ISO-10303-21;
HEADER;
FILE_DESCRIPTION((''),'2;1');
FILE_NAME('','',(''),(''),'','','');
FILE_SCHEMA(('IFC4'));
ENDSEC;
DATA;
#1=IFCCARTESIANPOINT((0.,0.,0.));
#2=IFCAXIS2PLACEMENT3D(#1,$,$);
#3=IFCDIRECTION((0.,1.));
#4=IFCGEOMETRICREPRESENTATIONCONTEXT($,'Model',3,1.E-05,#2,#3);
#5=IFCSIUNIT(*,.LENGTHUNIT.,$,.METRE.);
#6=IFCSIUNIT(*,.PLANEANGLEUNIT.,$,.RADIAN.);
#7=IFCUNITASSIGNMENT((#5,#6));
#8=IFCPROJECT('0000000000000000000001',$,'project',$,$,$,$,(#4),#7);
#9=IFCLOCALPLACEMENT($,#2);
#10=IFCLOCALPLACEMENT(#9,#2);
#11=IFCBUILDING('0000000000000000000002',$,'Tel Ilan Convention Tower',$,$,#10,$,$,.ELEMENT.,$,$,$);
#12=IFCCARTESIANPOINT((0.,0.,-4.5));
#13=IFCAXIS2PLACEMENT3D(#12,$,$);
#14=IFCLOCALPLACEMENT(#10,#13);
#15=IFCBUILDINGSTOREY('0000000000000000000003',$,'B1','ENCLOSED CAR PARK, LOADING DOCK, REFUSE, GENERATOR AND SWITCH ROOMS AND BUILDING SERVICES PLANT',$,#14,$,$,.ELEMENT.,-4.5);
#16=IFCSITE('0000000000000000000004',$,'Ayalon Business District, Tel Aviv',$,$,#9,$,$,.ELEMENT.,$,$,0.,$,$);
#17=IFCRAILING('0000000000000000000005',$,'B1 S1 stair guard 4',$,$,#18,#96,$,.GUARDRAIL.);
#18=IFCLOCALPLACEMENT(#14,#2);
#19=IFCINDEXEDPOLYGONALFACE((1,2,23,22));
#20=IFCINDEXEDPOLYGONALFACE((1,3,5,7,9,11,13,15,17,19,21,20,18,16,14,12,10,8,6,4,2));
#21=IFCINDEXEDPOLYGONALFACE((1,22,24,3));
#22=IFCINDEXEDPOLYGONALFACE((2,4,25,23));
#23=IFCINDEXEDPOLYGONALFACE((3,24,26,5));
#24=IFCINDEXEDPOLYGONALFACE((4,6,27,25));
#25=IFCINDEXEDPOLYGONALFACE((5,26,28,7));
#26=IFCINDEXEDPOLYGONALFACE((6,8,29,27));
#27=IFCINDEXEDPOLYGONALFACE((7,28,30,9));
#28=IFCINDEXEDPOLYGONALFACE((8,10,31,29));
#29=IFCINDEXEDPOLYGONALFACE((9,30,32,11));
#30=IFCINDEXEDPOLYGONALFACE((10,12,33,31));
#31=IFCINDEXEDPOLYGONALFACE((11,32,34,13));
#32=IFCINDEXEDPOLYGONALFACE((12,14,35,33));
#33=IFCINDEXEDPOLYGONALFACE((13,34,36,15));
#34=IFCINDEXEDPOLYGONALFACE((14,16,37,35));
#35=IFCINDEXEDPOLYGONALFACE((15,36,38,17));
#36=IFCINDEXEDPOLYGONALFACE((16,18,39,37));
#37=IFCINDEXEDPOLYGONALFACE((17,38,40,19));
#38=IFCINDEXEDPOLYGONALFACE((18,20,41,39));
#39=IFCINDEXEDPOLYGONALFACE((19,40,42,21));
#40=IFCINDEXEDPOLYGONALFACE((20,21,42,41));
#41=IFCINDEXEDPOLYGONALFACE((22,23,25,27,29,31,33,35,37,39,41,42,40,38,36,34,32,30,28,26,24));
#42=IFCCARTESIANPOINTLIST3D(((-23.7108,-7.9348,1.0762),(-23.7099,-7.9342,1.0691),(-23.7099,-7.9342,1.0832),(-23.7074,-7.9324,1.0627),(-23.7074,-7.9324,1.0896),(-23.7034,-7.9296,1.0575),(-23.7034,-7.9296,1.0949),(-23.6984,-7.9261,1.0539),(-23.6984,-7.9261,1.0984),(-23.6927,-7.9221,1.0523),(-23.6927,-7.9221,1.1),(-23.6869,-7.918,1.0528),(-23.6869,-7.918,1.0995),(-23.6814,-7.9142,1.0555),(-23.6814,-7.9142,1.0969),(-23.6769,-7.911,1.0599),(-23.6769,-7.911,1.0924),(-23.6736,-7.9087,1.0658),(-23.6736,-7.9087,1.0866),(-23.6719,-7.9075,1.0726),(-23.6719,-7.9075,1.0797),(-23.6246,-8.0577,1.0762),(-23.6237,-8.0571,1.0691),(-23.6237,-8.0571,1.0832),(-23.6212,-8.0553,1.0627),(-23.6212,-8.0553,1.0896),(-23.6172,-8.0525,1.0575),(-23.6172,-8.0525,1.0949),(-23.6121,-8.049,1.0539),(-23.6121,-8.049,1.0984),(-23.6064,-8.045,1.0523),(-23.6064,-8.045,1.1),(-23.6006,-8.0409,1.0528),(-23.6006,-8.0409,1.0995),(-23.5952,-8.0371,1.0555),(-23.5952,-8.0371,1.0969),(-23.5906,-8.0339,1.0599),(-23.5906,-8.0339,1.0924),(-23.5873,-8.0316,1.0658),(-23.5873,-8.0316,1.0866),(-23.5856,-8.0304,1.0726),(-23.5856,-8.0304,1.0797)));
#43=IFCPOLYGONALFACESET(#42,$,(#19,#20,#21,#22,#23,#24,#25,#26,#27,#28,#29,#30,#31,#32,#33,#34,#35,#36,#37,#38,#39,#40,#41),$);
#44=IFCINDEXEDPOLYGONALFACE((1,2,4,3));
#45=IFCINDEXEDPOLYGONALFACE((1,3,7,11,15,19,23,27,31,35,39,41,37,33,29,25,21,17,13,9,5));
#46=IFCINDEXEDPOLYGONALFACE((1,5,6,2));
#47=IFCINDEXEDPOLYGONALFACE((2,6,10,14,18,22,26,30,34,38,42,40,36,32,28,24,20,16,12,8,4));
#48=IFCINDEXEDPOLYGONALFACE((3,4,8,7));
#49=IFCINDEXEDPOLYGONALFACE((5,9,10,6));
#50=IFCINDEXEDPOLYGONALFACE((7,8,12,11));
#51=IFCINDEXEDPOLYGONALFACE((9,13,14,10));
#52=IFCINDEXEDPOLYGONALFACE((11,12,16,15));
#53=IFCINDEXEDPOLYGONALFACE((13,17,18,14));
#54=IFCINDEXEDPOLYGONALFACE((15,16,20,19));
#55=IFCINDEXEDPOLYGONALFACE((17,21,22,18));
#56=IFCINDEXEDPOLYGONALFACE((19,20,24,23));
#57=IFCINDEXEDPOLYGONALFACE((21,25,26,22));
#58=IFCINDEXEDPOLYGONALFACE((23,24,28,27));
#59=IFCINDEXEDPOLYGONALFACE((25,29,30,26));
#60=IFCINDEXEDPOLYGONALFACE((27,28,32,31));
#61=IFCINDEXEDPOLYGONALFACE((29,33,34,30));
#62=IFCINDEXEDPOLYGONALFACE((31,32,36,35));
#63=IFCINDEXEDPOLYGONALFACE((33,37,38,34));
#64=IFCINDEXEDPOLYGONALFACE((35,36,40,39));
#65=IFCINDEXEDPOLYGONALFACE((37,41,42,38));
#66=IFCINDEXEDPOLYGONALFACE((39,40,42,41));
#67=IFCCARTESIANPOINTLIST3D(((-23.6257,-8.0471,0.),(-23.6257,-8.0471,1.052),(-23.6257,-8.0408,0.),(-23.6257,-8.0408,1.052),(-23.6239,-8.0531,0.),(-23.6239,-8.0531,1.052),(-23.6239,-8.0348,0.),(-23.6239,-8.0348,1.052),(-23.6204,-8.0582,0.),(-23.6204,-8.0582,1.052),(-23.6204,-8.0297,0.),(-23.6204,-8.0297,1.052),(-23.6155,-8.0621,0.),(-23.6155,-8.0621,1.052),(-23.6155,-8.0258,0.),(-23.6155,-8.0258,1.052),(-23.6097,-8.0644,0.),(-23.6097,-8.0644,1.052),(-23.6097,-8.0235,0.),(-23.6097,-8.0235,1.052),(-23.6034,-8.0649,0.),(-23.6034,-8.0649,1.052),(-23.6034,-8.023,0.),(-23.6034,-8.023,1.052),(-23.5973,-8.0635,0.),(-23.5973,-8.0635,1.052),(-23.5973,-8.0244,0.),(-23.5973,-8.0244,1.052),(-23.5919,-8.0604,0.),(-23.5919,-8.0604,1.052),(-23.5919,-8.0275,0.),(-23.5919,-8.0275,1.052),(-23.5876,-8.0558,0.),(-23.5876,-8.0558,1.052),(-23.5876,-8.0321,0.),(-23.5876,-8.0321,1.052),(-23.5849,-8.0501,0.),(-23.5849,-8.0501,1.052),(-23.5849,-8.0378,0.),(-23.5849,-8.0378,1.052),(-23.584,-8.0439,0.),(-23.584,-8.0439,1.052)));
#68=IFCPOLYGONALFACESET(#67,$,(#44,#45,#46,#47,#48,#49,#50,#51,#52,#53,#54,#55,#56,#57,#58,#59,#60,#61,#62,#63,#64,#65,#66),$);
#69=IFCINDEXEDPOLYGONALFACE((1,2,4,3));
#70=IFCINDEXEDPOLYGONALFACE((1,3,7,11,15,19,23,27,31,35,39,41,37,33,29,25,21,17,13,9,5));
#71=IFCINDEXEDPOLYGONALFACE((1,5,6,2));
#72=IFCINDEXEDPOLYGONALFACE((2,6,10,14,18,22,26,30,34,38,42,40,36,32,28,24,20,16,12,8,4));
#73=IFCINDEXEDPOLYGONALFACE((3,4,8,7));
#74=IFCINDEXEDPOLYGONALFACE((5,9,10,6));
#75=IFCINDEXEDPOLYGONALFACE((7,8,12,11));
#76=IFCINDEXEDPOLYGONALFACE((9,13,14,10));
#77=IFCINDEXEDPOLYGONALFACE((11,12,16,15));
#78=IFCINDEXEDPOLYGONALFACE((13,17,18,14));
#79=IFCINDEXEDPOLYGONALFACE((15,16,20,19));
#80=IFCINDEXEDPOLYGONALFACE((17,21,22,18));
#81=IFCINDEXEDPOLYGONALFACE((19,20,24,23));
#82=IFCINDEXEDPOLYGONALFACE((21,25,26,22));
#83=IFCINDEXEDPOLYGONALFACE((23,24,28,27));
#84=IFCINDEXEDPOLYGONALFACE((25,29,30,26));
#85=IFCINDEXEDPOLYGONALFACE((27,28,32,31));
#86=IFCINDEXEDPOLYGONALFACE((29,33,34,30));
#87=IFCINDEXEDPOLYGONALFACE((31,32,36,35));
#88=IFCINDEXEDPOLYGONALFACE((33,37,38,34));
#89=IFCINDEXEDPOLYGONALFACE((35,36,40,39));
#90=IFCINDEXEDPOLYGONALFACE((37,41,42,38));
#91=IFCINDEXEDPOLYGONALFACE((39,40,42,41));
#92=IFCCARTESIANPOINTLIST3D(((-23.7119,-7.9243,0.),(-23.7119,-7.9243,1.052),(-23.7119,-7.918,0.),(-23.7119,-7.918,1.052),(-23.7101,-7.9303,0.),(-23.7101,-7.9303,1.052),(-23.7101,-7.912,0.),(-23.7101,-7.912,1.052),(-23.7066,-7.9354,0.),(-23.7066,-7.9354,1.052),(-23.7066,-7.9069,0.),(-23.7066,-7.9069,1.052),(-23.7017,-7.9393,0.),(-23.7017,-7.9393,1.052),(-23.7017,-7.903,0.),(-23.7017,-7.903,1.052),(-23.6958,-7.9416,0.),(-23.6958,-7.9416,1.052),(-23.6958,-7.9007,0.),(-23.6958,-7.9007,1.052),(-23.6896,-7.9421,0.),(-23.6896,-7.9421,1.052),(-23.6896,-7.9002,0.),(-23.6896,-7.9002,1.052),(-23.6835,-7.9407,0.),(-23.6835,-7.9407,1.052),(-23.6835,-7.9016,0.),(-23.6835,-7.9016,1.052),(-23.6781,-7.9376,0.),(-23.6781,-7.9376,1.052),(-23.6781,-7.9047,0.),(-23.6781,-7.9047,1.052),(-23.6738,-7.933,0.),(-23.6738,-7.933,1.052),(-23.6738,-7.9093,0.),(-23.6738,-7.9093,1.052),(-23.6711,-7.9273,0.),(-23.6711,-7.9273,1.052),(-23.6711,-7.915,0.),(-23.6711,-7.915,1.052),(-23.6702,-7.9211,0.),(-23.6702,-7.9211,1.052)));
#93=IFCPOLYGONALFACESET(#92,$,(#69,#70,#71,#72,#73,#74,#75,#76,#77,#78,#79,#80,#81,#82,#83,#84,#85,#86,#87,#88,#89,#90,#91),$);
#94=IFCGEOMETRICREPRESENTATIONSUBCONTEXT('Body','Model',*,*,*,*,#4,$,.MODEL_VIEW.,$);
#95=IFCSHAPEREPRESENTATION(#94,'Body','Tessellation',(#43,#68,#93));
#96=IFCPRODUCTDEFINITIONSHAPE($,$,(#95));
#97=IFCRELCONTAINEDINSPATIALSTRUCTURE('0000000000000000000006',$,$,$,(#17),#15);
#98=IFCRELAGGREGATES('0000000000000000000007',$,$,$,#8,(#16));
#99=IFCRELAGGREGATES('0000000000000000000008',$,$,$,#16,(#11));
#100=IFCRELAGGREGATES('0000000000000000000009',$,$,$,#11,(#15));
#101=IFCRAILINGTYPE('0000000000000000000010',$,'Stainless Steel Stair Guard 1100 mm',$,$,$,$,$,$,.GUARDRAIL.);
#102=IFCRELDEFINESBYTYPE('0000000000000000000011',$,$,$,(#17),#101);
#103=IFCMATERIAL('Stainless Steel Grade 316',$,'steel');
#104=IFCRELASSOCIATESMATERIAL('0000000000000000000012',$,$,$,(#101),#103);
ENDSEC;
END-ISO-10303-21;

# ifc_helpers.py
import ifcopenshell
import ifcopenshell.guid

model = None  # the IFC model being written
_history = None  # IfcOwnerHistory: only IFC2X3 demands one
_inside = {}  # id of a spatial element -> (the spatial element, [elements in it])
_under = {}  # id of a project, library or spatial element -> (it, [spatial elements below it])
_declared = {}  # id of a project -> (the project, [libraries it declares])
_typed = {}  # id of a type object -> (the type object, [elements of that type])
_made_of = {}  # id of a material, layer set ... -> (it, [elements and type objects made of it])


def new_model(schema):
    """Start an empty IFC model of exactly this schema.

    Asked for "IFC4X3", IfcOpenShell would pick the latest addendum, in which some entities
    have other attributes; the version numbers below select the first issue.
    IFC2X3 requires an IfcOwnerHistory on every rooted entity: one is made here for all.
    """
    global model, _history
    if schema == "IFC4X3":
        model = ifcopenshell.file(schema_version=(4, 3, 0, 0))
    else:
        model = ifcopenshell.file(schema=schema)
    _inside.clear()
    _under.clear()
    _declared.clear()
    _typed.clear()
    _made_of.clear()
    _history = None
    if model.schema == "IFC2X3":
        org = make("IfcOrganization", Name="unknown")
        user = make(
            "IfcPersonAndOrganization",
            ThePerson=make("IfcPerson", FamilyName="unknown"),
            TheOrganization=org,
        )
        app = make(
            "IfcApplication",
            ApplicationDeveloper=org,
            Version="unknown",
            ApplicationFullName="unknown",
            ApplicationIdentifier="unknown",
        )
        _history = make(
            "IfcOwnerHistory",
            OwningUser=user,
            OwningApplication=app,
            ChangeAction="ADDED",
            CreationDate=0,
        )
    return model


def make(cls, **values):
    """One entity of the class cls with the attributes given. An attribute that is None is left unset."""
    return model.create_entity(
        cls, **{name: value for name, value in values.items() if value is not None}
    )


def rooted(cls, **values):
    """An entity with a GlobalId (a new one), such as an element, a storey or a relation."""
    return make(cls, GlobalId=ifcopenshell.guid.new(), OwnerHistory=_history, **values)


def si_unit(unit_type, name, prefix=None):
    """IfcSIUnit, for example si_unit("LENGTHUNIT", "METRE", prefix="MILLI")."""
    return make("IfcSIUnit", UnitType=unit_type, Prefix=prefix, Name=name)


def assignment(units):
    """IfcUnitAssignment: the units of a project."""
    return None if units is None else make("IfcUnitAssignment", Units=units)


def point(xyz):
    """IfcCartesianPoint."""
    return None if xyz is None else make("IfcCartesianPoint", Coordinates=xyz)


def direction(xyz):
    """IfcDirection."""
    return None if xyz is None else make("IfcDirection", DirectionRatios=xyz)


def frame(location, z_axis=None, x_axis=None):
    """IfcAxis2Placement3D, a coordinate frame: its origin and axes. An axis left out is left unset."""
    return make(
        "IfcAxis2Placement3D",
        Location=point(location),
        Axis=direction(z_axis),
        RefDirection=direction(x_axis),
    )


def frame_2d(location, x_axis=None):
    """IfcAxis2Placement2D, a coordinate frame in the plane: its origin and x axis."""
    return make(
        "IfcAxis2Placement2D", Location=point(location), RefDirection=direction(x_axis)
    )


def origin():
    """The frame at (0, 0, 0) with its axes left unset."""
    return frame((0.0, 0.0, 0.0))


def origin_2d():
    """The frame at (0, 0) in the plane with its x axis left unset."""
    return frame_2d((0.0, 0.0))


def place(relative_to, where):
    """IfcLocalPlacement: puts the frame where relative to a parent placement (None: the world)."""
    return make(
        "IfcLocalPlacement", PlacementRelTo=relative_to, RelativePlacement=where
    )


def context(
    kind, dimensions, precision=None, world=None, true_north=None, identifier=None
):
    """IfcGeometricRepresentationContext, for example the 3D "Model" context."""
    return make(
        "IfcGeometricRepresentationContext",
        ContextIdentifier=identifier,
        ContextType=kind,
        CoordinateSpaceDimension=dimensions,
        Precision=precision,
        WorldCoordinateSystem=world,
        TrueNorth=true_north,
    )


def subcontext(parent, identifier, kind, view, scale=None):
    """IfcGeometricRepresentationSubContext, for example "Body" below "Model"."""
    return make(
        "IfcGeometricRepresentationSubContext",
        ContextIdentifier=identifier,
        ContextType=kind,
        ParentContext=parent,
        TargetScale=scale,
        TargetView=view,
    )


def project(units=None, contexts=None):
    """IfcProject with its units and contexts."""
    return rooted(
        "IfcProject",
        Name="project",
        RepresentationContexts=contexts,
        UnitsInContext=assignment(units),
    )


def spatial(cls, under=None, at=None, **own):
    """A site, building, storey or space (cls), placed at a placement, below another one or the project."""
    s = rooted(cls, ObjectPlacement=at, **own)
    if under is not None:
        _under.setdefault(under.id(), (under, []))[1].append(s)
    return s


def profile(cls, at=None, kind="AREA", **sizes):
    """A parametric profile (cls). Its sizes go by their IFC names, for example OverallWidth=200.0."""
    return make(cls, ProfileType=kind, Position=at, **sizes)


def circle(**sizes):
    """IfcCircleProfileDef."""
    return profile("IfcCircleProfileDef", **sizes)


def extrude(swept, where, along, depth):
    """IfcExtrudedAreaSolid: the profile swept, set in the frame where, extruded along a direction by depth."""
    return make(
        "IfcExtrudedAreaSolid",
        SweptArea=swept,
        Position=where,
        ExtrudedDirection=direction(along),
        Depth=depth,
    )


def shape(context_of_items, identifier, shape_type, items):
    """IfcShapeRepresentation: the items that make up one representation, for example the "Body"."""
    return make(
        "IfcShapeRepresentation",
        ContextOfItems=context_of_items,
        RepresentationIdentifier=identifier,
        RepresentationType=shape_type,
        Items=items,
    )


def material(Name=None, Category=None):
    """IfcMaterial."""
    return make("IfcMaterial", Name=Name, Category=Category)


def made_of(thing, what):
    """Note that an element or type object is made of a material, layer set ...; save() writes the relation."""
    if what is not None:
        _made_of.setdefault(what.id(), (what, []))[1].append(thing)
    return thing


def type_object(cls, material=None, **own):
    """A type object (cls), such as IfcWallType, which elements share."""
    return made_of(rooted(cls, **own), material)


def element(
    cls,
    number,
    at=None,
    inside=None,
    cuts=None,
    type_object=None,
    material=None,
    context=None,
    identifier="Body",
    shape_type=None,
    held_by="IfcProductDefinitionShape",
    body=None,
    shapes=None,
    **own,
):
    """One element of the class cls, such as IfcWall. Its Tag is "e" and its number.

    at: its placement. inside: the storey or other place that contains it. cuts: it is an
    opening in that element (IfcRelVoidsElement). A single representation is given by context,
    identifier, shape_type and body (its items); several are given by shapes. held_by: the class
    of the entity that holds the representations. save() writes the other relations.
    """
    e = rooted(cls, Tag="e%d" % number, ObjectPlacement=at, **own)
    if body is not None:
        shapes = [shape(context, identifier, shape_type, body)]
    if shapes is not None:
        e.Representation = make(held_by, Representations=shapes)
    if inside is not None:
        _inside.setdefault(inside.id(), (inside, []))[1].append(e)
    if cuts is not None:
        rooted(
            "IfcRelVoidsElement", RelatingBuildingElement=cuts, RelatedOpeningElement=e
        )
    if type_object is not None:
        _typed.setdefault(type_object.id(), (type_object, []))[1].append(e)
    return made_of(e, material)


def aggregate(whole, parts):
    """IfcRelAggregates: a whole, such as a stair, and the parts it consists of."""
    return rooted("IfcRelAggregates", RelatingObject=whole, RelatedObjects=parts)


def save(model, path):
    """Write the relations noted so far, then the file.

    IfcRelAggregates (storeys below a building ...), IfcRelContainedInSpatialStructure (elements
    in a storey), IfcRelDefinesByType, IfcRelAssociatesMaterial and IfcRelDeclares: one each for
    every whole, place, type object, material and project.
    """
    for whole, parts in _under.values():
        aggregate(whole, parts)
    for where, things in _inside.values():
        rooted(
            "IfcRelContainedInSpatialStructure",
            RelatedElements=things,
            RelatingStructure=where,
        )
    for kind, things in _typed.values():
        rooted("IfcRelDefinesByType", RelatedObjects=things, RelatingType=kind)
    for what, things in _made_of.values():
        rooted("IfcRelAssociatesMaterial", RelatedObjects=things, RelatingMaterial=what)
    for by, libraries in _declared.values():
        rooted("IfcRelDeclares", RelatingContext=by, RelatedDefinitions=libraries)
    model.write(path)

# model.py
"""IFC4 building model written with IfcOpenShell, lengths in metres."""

from ifc_helpers import new_model, si_unit, direction, frame, origin, origin_2d, place, context, subcontext, project, spatial, circle, extrude, material, type_object, element, save


model = new_model("IFC4")

# Units and contexts
model_context = context("Model", 3, precision=1e-05, world=origin(), true_north=direction((0.0, 1.0)))
body_context = subcontext(model_context, "Body", "Model", "MODEL_VIEW")
ifc_project = project(units=[si_unit("LENGTHUNIT", "METRE"), si_unit("PLANEANGLEUNIT", "RADIAN")], contexts=[model_context])

# Site, building, storey
site_placement = place(None, origin())
site = spatial("IfcSite", under=ifc_project, at=site_placement, Name="Ayalon Business District, Tel Aviv", CompositionType="ELEMENT", RefElevation=0.0)
building_placement = place(site_placement, origin())
building = spatial("IfcBuilding", under=site, at=building_placement, Name="Tel Ilan Convention Tower", CompositionType="ELEMENT")
storey_placement = place(building_placement, frame((0.0, 0.0, -4.5)))
storey = spatial("IfcBuildingStorey", under=building, at=storey_placement, Name="B1", Description="ENCLOSED CAR PARK, LOADING DOCK, REFUSE, GENERATOR AND SWITCH ROOMS AND BUILDING SERVICES PLANT", CompositionType="ELEMENT", Elevation=-4.5)

# Railing
ifc_material_1 = material(Name="Stainless Steel Grade 316", Category="steel")
railing_type_1 = type_object("IfcRailingType", Name="Stainless Steel Stair Guard 1100 mm", PredefinedType="GUARDRAIL", material=ifc_material_1)
railing_1_placement = place(storey_placement, frame((-23.605, -8.0439, 0.0)))
element("IfcRailing", 1, at=railing_1_placement, inside=storey, type_object=railing_type_1, Name="B1 S1 stair guard 4", PredefinedType="GUARDRAIL", context=body_context, shape_type="SweptSolid", body=[
    extrude(circle(Radius=0.0239, at=origin_2d()), frame((0.0, 0.0, 1.0762), z_axis=(-0.574445, 0.818543, 0.0), x_axis=(-0.818543, -0.574445, 0.0)), (0.0, 0.0, 1.0), 0.1501),
    extrude(circle(Radius=0.021, at=origin_2d()), origin(), (0.0, 0.0, 1.0), 1.052),
    extrude(circle(Radius=0.021, at=origin_2d()), frame((-0.0862, 0.1228, 0.0)), (0.0, 0.0, 1.0), 1.052),
])

save(model, "model.ifc")
